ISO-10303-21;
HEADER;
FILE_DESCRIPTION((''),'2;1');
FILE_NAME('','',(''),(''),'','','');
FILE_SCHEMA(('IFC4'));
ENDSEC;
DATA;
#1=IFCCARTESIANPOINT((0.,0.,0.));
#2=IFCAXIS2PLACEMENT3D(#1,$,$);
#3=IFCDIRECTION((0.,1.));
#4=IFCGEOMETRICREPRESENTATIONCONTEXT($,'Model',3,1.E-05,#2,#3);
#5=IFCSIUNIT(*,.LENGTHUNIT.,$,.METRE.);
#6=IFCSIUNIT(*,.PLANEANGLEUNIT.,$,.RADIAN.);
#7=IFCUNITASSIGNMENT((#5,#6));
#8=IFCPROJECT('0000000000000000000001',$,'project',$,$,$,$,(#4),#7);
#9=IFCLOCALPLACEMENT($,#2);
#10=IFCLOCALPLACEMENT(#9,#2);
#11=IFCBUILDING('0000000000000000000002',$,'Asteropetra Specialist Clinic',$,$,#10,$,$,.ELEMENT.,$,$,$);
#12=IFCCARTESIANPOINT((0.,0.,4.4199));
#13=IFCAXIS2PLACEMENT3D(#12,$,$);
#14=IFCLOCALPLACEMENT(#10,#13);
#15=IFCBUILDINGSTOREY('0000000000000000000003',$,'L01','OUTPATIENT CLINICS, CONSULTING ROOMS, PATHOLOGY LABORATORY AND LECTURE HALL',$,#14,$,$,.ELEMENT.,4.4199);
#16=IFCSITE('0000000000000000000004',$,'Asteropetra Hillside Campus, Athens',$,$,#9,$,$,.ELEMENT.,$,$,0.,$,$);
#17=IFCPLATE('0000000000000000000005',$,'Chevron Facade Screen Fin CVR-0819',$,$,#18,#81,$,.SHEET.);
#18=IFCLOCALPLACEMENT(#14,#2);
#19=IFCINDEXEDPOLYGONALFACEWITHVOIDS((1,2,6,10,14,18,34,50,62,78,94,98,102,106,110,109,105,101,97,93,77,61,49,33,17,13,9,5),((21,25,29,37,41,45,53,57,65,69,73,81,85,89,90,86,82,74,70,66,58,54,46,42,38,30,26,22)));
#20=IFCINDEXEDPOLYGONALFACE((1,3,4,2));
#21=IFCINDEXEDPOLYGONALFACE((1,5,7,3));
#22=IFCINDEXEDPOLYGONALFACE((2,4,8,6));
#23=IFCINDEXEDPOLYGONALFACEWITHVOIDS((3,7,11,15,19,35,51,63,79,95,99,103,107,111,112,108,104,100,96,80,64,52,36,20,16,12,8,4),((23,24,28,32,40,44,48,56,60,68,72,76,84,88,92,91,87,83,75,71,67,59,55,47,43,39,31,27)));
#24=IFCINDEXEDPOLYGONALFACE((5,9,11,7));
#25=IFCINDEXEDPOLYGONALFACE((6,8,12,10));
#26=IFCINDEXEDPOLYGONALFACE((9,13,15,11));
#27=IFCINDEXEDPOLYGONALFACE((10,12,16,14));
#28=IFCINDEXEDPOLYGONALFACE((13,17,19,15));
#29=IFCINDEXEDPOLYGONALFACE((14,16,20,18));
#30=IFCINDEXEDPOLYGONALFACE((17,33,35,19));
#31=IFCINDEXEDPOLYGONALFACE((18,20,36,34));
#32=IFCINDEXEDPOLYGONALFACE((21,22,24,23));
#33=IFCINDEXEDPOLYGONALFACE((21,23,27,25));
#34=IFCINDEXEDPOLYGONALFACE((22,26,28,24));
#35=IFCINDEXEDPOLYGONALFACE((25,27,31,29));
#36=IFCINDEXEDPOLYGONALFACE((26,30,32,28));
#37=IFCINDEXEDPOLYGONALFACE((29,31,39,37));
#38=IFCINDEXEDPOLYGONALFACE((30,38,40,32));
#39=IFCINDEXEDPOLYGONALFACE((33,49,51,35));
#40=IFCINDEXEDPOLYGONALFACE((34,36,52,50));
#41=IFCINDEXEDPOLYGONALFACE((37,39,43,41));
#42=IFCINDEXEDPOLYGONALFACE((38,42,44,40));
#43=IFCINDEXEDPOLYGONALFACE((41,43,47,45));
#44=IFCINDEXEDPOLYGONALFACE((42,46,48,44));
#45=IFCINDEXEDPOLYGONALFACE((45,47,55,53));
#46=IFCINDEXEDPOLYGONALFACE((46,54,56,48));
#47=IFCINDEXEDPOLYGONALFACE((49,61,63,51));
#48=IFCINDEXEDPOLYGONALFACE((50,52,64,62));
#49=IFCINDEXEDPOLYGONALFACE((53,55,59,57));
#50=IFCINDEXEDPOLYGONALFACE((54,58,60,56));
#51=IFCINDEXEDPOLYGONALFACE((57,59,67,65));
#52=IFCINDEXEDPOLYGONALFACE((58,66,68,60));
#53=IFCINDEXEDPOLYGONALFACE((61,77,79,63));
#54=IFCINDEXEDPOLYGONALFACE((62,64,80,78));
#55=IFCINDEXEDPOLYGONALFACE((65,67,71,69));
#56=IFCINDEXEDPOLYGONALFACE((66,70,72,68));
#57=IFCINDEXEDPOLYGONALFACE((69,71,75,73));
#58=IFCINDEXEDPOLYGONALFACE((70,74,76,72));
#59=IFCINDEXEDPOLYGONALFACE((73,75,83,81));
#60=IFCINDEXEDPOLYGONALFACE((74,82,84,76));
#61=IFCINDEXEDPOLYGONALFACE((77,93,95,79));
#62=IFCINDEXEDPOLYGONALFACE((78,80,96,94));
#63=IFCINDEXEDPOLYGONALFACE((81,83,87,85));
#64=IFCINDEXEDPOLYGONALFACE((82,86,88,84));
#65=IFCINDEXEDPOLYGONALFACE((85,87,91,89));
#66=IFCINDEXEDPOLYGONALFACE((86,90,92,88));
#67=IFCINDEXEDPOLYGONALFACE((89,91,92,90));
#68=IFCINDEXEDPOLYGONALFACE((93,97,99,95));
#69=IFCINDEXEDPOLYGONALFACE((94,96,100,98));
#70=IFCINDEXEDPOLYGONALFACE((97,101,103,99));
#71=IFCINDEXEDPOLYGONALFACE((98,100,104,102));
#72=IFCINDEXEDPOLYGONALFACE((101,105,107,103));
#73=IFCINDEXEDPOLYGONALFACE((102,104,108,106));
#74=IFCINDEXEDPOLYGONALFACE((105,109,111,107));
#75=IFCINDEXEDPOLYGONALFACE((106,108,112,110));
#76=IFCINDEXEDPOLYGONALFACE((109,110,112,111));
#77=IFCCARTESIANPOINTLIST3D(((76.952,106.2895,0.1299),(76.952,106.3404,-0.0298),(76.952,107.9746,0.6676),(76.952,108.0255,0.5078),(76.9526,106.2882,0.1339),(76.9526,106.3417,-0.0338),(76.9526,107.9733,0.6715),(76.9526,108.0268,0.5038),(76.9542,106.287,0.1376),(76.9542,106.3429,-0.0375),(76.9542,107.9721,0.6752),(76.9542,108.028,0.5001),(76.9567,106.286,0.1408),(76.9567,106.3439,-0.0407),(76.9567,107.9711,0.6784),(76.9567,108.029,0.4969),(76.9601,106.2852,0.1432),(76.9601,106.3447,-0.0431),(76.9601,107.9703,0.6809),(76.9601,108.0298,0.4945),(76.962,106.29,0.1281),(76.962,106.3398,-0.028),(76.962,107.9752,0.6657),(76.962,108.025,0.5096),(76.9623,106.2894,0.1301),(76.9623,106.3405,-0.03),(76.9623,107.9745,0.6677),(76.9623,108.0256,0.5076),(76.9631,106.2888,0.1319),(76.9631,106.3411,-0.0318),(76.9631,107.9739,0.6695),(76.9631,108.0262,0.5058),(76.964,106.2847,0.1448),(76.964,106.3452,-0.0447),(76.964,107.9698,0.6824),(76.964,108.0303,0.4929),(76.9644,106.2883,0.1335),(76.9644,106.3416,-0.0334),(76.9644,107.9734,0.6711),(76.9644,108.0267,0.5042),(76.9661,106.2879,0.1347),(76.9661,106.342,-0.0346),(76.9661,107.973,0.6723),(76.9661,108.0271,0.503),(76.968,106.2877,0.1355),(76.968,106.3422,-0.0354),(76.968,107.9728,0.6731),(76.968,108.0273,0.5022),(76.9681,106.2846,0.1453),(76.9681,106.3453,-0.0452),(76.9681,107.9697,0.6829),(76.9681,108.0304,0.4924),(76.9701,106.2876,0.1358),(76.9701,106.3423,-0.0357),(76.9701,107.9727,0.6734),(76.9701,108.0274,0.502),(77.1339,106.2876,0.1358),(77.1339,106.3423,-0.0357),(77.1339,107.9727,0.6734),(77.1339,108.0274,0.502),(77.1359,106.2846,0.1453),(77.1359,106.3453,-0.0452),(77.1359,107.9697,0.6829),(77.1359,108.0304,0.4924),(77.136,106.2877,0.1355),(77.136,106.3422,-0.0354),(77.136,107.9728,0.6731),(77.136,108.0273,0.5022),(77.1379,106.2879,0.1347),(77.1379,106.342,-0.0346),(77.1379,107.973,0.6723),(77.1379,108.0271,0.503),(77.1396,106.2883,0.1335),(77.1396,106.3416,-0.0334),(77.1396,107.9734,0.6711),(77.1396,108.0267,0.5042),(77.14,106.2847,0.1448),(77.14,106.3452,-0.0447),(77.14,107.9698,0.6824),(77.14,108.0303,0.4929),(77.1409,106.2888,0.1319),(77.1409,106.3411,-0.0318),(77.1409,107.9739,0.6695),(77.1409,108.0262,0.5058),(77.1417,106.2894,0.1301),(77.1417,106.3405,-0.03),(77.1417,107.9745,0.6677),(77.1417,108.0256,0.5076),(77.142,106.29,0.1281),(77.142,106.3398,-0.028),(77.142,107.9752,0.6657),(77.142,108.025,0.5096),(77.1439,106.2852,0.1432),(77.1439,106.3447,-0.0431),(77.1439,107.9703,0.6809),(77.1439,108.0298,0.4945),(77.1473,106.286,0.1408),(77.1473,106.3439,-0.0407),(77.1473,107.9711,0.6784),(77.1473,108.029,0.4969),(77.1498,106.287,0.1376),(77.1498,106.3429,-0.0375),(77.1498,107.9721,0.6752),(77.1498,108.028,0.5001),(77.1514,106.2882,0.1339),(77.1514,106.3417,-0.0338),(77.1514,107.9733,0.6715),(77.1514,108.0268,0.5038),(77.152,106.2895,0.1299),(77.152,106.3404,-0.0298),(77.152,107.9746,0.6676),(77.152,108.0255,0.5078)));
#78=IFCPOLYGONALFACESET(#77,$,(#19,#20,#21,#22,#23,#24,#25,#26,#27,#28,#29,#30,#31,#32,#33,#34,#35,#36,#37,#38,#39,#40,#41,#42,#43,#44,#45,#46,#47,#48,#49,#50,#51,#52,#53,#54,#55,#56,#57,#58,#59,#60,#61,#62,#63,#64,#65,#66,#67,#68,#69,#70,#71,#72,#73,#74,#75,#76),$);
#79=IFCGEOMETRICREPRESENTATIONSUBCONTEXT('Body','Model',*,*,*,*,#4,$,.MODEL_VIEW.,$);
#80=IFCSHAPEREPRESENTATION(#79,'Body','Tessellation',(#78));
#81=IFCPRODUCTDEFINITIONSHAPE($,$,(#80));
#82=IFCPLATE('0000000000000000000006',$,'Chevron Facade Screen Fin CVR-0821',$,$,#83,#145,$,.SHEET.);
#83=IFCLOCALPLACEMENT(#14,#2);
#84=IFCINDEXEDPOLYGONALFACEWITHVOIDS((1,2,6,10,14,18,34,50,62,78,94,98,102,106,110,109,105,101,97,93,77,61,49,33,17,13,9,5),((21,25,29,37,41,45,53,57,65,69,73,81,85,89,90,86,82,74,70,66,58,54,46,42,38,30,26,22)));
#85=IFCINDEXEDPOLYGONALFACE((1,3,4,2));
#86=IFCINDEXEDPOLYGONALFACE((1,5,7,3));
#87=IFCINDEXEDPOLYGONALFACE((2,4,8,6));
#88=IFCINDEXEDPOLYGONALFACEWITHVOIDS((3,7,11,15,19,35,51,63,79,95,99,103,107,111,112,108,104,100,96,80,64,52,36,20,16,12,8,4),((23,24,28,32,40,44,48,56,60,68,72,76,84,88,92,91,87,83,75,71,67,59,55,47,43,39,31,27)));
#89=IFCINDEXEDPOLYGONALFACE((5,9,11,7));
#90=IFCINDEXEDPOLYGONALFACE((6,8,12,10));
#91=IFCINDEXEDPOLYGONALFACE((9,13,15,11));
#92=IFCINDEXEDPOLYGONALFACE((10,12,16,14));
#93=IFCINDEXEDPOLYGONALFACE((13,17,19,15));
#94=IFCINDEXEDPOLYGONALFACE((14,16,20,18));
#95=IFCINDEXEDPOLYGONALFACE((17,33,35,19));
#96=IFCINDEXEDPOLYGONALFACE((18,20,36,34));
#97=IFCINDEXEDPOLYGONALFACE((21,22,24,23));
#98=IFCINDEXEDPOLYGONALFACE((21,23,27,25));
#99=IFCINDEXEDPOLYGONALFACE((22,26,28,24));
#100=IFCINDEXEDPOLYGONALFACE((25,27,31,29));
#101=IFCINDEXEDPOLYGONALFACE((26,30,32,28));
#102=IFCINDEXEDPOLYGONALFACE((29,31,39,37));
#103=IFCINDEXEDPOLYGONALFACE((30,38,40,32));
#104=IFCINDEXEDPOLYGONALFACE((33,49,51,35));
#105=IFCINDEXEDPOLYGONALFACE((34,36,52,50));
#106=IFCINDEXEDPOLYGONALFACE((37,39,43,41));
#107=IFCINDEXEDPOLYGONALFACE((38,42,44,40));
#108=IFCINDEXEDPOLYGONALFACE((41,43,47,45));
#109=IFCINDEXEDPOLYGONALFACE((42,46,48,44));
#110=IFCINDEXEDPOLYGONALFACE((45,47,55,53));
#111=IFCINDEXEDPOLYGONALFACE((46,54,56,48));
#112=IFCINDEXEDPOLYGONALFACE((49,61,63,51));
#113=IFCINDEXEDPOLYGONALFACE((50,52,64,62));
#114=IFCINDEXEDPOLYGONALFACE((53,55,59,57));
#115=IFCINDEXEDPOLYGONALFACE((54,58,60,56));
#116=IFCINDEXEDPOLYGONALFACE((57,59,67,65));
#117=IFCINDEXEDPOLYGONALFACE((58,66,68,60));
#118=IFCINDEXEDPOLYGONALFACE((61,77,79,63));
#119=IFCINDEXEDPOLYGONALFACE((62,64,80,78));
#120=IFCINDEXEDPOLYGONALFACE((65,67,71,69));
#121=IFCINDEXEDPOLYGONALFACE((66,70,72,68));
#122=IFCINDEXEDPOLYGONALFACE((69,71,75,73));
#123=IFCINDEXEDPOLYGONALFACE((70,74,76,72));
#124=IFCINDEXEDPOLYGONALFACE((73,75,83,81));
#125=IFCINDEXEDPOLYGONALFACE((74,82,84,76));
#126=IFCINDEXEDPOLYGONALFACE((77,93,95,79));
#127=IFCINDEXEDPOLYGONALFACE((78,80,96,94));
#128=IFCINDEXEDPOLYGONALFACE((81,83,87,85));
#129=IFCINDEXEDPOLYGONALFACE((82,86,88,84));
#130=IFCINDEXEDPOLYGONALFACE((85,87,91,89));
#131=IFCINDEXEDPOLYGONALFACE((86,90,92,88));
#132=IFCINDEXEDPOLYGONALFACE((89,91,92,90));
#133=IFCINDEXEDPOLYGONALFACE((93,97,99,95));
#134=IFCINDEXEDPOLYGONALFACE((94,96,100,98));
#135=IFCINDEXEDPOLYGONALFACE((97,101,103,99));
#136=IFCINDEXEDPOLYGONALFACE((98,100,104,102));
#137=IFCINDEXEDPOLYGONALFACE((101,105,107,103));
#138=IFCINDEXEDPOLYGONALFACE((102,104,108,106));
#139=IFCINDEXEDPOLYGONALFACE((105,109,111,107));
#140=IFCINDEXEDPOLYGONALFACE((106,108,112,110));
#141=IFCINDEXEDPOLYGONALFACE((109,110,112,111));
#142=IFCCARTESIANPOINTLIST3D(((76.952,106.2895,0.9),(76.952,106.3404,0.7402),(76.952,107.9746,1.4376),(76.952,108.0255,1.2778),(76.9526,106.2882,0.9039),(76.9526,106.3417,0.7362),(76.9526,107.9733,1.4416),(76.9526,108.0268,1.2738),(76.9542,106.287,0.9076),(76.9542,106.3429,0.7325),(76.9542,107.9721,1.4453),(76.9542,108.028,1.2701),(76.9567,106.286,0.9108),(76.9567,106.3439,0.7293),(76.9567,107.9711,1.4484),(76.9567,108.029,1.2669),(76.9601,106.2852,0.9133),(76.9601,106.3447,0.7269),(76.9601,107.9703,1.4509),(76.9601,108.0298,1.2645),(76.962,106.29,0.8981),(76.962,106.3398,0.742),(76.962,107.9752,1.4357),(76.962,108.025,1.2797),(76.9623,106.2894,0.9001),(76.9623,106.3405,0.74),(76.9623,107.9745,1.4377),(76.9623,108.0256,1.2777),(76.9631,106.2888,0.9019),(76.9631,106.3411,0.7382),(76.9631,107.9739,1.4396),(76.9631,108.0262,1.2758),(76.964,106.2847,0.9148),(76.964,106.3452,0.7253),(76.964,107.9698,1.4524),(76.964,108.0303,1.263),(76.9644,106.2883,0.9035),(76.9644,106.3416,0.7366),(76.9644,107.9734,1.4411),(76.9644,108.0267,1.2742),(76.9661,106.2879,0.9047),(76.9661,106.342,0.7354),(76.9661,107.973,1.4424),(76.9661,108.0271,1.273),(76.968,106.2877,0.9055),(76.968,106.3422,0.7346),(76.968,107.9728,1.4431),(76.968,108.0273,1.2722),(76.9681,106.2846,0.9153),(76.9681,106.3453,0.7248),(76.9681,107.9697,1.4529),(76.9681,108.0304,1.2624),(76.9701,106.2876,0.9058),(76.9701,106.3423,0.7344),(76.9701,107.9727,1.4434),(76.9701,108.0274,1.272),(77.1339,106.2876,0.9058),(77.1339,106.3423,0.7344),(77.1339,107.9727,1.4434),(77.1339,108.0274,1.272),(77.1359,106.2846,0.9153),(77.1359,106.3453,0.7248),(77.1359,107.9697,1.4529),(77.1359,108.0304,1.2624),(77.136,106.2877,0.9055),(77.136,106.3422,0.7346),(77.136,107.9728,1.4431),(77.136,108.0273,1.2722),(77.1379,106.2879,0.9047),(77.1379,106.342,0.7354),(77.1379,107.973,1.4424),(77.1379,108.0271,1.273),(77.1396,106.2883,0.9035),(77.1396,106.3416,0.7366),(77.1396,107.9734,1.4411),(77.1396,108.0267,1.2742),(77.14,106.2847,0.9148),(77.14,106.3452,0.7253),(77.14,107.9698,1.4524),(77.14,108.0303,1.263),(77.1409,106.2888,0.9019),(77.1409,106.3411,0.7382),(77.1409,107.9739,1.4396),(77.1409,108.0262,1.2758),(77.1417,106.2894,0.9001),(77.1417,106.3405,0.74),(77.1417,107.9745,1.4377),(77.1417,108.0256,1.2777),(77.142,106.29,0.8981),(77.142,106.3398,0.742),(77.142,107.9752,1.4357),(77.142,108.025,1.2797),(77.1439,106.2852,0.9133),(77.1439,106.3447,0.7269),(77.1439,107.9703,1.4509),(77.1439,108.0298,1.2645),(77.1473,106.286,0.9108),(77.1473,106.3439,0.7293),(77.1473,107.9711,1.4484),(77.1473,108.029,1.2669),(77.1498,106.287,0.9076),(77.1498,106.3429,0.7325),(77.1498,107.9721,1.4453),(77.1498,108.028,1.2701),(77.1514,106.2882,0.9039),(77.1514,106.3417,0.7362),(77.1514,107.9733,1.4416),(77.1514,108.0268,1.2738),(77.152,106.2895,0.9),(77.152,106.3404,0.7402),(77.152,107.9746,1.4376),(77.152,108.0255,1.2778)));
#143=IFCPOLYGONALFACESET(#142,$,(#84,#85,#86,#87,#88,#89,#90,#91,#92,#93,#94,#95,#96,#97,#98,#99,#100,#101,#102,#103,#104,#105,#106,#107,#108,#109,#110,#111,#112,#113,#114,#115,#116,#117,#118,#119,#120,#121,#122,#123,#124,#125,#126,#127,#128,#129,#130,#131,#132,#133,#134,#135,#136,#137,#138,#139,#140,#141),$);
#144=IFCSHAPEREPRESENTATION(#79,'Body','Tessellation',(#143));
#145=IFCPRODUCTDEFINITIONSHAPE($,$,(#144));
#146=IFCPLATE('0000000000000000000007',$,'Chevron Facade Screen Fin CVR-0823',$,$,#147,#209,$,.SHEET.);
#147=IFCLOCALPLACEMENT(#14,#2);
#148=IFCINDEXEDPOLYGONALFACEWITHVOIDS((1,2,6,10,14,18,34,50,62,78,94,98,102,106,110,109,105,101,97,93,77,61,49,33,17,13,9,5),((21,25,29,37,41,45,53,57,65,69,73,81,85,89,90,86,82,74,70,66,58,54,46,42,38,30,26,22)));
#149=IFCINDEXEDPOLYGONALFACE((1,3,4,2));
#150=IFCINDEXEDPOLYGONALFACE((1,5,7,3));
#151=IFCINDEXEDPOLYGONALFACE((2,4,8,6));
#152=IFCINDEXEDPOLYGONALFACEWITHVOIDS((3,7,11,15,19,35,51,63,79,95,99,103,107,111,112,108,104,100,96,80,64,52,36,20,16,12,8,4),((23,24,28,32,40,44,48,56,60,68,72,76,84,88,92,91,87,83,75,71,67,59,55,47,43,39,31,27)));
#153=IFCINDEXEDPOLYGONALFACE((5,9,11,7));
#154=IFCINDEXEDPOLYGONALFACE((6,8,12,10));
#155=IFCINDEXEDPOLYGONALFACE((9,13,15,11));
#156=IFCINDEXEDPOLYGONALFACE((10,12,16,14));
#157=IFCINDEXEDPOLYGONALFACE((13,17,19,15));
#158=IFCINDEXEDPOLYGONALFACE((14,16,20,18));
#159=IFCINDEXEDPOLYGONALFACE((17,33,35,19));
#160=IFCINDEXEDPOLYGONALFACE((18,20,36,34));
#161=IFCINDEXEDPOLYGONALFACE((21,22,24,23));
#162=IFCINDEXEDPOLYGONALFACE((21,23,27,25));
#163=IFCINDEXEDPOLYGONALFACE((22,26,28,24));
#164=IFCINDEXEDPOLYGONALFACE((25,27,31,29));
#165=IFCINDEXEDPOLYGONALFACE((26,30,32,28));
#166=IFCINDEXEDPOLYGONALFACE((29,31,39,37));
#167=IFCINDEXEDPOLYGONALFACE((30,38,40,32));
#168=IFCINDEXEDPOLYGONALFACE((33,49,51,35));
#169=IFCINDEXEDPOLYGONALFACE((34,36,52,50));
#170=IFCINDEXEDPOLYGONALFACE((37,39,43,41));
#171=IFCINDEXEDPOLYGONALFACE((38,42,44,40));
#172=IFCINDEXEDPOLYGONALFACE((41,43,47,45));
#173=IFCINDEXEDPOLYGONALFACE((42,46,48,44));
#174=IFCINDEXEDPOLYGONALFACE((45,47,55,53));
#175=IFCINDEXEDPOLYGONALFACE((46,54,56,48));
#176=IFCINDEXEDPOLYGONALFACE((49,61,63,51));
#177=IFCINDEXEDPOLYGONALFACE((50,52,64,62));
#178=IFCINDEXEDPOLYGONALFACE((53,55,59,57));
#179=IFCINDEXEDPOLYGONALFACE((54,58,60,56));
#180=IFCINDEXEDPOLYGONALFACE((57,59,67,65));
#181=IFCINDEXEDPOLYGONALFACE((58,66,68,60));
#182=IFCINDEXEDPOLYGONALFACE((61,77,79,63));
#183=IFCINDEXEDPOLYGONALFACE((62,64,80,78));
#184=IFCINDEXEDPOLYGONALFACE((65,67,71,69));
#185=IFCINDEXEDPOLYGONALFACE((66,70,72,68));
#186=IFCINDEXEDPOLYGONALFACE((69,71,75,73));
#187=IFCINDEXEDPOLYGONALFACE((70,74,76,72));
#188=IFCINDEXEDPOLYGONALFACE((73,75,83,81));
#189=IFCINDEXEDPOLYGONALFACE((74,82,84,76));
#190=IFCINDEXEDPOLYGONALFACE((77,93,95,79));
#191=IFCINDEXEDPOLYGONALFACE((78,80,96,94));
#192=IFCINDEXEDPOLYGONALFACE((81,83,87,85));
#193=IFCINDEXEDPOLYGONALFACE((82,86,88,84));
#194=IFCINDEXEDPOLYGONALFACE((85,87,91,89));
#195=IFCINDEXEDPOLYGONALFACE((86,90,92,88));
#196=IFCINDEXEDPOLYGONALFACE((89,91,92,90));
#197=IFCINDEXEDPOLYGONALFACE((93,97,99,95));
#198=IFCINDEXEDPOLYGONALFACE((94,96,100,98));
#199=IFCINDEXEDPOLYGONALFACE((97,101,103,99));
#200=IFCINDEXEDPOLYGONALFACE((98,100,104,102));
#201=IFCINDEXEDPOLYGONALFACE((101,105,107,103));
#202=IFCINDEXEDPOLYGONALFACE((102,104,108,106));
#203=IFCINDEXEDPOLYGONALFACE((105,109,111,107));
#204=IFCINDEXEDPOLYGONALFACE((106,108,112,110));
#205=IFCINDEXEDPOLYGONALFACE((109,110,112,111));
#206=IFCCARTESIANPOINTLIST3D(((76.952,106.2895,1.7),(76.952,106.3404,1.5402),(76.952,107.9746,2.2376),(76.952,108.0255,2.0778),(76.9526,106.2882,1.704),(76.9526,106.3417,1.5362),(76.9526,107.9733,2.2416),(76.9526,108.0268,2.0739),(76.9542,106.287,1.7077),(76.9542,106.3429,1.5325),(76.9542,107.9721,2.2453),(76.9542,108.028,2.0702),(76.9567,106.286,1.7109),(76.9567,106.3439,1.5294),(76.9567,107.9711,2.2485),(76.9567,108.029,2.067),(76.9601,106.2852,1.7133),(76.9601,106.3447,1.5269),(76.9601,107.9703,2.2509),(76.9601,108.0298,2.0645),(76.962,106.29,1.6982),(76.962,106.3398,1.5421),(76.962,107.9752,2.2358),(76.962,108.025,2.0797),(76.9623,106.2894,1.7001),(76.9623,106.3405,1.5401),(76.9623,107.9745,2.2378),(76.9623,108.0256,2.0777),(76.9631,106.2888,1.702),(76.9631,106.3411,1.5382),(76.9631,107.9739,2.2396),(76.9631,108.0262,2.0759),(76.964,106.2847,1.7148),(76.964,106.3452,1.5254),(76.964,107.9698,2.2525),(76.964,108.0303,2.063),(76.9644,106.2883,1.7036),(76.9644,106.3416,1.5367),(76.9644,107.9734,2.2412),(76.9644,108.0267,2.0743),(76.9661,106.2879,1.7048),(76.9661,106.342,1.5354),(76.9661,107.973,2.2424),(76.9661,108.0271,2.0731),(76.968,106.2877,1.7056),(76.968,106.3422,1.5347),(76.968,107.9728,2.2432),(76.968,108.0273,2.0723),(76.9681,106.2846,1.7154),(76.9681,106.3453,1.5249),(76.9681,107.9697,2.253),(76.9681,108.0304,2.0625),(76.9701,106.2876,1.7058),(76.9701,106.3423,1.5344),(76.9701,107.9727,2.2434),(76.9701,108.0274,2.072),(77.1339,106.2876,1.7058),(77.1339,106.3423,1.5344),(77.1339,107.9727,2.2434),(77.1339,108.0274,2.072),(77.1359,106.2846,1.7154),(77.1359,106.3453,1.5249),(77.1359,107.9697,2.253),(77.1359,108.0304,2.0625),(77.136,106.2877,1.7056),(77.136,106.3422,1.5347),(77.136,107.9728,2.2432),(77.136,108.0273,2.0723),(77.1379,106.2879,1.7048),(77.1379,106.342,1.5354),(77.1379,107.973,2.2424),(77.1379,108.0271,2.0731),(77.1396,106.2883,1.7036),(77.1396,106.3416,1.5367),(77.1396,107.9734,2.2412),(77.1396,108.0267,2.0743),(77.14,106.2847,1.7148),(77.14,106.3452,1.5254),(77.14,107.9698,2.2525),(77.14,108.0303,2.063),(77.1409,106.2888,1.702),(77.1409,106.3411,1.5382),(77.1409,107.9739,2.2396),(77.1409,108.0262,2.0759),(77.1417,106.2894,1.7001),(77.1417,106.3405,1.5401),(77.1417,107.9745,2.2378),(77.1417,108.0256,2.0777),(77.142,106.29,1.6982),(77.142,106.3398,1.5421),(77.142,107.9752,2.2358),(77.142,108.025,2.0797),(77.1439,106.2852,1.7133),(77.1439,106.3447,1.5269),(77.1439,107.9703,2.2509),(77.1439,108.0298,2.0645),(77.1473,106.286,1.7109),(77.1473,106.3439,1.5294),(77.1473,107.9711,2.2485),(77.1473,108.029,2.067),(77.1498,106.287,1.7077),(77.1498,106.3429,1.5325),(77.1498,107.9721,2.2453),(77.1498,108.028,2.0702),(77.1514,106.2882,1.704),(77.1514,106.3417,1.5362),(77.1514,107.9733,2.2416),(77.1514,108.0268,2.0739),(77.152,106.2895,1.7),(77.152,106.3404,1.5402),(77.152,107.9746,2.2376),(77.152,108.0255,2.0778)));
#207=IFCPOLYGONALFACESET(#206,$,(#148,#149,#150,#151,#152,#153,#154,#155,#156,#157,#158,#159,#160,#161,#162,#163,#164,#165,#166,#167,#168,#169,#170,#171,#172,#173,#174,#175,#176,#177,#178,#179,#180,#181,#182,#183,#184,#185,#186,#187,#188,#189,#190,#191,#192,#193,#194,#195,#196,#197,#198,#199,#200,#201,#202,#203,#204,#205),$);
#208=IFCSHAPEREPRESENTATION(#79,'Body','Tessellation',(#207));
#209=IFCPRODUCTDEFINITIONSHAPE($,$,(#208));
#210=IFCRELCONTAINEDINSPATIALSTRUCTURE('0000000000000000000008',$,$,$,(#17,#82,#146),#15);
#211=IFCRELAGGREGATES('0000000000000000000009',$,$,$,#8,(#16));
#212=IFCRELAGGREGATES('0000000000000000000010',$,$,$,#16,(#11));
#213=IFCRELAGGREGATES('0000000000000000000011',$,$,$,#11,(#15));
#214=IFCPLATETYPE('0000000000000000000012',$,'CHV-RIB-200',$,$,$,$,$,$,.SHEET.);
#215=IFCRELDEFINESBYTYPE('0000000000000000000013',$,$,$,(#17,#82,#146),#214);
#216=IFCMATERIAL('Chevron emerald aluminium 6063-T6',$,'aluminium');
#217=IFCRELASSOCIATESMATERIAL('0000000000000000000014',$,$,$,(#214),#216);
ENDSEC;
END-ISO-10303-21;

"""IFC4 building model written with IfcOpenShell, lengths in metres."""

from ifc_helpers import new_model, si_unit, direction, frame, origin, origin_2d, place, context, subcontext, project, spatial, hollow_rectangle, extrude, material, material_profile, profile_set, type_object, element, save


model = new_model("IFC4")

# Units and contexts
model_context = context("Model", 3, precision=1e-05, world=origin(), true_north=direction((0.0, 1.0)))
body_context = subcontext(model_context, "Body", "Model", "MODEL_VIEW")
ifc_project = project(units=[si_unit("LENGTHUNIT", "METRE"), si_unit("PLANEANGLEUNIT", "RADIAN")], contexts=[model_context])

# Site, building, storey
site_placement = place(None, origin())
site = spatial("IfcSite", under=ifc_project, at=site_placement, Name="Asteropetra Hillside Campus, Athens", CompositionType="ELEMENT", RefElevation=0.0)
building_placement = place(site_placement, origin())
building = spatial("IfcBuilding", under=site, at=building_placement, Name="Asteropetra Specialist Clinic", CompositionType="ELEMENT")
storey_placement = place(building_placement, frame((0.0, 0.0, 4.4199)))
storey = spatial("IfcBuildingStorey", under=building, at=storey_placement, Name="L01", Description="OUTPATIENT CLINICS, CONSULTING ROOMS, PATHOLOGY LABORATORY AND LECTURE HALL", CompositionType="ELEMENT", Elevation=4.4199)

# Plates
ifc_material_1 = material(Name="Chevron emerald aluminium 6063-T6", Category="aluminium")
ifc_material_profile_1 = material_profile(ifc_material_1, hollow_rectangle(XDim=0.2, YDim=0.2, WallThickness=0.01, InnerFilletRadius=0.0081, OuterFilletRadius=0.0161, at=origin_2d()), Name="SHS 200x200x10.0")
ifc_profile_set_1 = profile_set([ifc_material_profile_1], Name="Chevron emerald aluminium 6063-T6")
plate_type_1 = type_object("IfcPlateType", Name="CHV-RIB-200", PredefinedType="SHEET", material=ifc_profile_set_1)
for number, where, z_axis, x_axis, name in (
    (1, (77.052, 106.3149, 0.05), (0.0, 0.95269, 0.303944), (-1.0, 0.0, 0.0), "Chevron Facade Screen Fin CVR-0819"),
    (2, (77.052, 106.3149, 0.8201), (0.0, 0.95269, 0.303944), (-1.0, 0.0, 0.0), "Chevron Facade Screen Fin CVR-0821"),
    (3, (77.052, 106.3149, 1.6201), (0.0, 0.95269, 0.303944), (-1.0, 0.0, 0.0), "Chevron Facade Screen Fin CVR-0823"),
):
    element("IfcPlate", number, at=place(storey_placement, frame(where, z_axis=z_axis, x_axis=x_axis)), inside=storey, type_object=plate_type_1, Name=name, PredefinedType="SHEET", context=body_context, shape_type="SweptSolid", body=[
        extrude(hollow_rectangle(XDim=0.2, YDim=0.2, WallThickness=0.01, InnerFilletRadius=0.0081, OuterFilletRadius=0.0161, at=origin_2d()), origin(), (0.0, 0.0, 1.0), 1.7688),
    ])

save(model, "model.ifc")
